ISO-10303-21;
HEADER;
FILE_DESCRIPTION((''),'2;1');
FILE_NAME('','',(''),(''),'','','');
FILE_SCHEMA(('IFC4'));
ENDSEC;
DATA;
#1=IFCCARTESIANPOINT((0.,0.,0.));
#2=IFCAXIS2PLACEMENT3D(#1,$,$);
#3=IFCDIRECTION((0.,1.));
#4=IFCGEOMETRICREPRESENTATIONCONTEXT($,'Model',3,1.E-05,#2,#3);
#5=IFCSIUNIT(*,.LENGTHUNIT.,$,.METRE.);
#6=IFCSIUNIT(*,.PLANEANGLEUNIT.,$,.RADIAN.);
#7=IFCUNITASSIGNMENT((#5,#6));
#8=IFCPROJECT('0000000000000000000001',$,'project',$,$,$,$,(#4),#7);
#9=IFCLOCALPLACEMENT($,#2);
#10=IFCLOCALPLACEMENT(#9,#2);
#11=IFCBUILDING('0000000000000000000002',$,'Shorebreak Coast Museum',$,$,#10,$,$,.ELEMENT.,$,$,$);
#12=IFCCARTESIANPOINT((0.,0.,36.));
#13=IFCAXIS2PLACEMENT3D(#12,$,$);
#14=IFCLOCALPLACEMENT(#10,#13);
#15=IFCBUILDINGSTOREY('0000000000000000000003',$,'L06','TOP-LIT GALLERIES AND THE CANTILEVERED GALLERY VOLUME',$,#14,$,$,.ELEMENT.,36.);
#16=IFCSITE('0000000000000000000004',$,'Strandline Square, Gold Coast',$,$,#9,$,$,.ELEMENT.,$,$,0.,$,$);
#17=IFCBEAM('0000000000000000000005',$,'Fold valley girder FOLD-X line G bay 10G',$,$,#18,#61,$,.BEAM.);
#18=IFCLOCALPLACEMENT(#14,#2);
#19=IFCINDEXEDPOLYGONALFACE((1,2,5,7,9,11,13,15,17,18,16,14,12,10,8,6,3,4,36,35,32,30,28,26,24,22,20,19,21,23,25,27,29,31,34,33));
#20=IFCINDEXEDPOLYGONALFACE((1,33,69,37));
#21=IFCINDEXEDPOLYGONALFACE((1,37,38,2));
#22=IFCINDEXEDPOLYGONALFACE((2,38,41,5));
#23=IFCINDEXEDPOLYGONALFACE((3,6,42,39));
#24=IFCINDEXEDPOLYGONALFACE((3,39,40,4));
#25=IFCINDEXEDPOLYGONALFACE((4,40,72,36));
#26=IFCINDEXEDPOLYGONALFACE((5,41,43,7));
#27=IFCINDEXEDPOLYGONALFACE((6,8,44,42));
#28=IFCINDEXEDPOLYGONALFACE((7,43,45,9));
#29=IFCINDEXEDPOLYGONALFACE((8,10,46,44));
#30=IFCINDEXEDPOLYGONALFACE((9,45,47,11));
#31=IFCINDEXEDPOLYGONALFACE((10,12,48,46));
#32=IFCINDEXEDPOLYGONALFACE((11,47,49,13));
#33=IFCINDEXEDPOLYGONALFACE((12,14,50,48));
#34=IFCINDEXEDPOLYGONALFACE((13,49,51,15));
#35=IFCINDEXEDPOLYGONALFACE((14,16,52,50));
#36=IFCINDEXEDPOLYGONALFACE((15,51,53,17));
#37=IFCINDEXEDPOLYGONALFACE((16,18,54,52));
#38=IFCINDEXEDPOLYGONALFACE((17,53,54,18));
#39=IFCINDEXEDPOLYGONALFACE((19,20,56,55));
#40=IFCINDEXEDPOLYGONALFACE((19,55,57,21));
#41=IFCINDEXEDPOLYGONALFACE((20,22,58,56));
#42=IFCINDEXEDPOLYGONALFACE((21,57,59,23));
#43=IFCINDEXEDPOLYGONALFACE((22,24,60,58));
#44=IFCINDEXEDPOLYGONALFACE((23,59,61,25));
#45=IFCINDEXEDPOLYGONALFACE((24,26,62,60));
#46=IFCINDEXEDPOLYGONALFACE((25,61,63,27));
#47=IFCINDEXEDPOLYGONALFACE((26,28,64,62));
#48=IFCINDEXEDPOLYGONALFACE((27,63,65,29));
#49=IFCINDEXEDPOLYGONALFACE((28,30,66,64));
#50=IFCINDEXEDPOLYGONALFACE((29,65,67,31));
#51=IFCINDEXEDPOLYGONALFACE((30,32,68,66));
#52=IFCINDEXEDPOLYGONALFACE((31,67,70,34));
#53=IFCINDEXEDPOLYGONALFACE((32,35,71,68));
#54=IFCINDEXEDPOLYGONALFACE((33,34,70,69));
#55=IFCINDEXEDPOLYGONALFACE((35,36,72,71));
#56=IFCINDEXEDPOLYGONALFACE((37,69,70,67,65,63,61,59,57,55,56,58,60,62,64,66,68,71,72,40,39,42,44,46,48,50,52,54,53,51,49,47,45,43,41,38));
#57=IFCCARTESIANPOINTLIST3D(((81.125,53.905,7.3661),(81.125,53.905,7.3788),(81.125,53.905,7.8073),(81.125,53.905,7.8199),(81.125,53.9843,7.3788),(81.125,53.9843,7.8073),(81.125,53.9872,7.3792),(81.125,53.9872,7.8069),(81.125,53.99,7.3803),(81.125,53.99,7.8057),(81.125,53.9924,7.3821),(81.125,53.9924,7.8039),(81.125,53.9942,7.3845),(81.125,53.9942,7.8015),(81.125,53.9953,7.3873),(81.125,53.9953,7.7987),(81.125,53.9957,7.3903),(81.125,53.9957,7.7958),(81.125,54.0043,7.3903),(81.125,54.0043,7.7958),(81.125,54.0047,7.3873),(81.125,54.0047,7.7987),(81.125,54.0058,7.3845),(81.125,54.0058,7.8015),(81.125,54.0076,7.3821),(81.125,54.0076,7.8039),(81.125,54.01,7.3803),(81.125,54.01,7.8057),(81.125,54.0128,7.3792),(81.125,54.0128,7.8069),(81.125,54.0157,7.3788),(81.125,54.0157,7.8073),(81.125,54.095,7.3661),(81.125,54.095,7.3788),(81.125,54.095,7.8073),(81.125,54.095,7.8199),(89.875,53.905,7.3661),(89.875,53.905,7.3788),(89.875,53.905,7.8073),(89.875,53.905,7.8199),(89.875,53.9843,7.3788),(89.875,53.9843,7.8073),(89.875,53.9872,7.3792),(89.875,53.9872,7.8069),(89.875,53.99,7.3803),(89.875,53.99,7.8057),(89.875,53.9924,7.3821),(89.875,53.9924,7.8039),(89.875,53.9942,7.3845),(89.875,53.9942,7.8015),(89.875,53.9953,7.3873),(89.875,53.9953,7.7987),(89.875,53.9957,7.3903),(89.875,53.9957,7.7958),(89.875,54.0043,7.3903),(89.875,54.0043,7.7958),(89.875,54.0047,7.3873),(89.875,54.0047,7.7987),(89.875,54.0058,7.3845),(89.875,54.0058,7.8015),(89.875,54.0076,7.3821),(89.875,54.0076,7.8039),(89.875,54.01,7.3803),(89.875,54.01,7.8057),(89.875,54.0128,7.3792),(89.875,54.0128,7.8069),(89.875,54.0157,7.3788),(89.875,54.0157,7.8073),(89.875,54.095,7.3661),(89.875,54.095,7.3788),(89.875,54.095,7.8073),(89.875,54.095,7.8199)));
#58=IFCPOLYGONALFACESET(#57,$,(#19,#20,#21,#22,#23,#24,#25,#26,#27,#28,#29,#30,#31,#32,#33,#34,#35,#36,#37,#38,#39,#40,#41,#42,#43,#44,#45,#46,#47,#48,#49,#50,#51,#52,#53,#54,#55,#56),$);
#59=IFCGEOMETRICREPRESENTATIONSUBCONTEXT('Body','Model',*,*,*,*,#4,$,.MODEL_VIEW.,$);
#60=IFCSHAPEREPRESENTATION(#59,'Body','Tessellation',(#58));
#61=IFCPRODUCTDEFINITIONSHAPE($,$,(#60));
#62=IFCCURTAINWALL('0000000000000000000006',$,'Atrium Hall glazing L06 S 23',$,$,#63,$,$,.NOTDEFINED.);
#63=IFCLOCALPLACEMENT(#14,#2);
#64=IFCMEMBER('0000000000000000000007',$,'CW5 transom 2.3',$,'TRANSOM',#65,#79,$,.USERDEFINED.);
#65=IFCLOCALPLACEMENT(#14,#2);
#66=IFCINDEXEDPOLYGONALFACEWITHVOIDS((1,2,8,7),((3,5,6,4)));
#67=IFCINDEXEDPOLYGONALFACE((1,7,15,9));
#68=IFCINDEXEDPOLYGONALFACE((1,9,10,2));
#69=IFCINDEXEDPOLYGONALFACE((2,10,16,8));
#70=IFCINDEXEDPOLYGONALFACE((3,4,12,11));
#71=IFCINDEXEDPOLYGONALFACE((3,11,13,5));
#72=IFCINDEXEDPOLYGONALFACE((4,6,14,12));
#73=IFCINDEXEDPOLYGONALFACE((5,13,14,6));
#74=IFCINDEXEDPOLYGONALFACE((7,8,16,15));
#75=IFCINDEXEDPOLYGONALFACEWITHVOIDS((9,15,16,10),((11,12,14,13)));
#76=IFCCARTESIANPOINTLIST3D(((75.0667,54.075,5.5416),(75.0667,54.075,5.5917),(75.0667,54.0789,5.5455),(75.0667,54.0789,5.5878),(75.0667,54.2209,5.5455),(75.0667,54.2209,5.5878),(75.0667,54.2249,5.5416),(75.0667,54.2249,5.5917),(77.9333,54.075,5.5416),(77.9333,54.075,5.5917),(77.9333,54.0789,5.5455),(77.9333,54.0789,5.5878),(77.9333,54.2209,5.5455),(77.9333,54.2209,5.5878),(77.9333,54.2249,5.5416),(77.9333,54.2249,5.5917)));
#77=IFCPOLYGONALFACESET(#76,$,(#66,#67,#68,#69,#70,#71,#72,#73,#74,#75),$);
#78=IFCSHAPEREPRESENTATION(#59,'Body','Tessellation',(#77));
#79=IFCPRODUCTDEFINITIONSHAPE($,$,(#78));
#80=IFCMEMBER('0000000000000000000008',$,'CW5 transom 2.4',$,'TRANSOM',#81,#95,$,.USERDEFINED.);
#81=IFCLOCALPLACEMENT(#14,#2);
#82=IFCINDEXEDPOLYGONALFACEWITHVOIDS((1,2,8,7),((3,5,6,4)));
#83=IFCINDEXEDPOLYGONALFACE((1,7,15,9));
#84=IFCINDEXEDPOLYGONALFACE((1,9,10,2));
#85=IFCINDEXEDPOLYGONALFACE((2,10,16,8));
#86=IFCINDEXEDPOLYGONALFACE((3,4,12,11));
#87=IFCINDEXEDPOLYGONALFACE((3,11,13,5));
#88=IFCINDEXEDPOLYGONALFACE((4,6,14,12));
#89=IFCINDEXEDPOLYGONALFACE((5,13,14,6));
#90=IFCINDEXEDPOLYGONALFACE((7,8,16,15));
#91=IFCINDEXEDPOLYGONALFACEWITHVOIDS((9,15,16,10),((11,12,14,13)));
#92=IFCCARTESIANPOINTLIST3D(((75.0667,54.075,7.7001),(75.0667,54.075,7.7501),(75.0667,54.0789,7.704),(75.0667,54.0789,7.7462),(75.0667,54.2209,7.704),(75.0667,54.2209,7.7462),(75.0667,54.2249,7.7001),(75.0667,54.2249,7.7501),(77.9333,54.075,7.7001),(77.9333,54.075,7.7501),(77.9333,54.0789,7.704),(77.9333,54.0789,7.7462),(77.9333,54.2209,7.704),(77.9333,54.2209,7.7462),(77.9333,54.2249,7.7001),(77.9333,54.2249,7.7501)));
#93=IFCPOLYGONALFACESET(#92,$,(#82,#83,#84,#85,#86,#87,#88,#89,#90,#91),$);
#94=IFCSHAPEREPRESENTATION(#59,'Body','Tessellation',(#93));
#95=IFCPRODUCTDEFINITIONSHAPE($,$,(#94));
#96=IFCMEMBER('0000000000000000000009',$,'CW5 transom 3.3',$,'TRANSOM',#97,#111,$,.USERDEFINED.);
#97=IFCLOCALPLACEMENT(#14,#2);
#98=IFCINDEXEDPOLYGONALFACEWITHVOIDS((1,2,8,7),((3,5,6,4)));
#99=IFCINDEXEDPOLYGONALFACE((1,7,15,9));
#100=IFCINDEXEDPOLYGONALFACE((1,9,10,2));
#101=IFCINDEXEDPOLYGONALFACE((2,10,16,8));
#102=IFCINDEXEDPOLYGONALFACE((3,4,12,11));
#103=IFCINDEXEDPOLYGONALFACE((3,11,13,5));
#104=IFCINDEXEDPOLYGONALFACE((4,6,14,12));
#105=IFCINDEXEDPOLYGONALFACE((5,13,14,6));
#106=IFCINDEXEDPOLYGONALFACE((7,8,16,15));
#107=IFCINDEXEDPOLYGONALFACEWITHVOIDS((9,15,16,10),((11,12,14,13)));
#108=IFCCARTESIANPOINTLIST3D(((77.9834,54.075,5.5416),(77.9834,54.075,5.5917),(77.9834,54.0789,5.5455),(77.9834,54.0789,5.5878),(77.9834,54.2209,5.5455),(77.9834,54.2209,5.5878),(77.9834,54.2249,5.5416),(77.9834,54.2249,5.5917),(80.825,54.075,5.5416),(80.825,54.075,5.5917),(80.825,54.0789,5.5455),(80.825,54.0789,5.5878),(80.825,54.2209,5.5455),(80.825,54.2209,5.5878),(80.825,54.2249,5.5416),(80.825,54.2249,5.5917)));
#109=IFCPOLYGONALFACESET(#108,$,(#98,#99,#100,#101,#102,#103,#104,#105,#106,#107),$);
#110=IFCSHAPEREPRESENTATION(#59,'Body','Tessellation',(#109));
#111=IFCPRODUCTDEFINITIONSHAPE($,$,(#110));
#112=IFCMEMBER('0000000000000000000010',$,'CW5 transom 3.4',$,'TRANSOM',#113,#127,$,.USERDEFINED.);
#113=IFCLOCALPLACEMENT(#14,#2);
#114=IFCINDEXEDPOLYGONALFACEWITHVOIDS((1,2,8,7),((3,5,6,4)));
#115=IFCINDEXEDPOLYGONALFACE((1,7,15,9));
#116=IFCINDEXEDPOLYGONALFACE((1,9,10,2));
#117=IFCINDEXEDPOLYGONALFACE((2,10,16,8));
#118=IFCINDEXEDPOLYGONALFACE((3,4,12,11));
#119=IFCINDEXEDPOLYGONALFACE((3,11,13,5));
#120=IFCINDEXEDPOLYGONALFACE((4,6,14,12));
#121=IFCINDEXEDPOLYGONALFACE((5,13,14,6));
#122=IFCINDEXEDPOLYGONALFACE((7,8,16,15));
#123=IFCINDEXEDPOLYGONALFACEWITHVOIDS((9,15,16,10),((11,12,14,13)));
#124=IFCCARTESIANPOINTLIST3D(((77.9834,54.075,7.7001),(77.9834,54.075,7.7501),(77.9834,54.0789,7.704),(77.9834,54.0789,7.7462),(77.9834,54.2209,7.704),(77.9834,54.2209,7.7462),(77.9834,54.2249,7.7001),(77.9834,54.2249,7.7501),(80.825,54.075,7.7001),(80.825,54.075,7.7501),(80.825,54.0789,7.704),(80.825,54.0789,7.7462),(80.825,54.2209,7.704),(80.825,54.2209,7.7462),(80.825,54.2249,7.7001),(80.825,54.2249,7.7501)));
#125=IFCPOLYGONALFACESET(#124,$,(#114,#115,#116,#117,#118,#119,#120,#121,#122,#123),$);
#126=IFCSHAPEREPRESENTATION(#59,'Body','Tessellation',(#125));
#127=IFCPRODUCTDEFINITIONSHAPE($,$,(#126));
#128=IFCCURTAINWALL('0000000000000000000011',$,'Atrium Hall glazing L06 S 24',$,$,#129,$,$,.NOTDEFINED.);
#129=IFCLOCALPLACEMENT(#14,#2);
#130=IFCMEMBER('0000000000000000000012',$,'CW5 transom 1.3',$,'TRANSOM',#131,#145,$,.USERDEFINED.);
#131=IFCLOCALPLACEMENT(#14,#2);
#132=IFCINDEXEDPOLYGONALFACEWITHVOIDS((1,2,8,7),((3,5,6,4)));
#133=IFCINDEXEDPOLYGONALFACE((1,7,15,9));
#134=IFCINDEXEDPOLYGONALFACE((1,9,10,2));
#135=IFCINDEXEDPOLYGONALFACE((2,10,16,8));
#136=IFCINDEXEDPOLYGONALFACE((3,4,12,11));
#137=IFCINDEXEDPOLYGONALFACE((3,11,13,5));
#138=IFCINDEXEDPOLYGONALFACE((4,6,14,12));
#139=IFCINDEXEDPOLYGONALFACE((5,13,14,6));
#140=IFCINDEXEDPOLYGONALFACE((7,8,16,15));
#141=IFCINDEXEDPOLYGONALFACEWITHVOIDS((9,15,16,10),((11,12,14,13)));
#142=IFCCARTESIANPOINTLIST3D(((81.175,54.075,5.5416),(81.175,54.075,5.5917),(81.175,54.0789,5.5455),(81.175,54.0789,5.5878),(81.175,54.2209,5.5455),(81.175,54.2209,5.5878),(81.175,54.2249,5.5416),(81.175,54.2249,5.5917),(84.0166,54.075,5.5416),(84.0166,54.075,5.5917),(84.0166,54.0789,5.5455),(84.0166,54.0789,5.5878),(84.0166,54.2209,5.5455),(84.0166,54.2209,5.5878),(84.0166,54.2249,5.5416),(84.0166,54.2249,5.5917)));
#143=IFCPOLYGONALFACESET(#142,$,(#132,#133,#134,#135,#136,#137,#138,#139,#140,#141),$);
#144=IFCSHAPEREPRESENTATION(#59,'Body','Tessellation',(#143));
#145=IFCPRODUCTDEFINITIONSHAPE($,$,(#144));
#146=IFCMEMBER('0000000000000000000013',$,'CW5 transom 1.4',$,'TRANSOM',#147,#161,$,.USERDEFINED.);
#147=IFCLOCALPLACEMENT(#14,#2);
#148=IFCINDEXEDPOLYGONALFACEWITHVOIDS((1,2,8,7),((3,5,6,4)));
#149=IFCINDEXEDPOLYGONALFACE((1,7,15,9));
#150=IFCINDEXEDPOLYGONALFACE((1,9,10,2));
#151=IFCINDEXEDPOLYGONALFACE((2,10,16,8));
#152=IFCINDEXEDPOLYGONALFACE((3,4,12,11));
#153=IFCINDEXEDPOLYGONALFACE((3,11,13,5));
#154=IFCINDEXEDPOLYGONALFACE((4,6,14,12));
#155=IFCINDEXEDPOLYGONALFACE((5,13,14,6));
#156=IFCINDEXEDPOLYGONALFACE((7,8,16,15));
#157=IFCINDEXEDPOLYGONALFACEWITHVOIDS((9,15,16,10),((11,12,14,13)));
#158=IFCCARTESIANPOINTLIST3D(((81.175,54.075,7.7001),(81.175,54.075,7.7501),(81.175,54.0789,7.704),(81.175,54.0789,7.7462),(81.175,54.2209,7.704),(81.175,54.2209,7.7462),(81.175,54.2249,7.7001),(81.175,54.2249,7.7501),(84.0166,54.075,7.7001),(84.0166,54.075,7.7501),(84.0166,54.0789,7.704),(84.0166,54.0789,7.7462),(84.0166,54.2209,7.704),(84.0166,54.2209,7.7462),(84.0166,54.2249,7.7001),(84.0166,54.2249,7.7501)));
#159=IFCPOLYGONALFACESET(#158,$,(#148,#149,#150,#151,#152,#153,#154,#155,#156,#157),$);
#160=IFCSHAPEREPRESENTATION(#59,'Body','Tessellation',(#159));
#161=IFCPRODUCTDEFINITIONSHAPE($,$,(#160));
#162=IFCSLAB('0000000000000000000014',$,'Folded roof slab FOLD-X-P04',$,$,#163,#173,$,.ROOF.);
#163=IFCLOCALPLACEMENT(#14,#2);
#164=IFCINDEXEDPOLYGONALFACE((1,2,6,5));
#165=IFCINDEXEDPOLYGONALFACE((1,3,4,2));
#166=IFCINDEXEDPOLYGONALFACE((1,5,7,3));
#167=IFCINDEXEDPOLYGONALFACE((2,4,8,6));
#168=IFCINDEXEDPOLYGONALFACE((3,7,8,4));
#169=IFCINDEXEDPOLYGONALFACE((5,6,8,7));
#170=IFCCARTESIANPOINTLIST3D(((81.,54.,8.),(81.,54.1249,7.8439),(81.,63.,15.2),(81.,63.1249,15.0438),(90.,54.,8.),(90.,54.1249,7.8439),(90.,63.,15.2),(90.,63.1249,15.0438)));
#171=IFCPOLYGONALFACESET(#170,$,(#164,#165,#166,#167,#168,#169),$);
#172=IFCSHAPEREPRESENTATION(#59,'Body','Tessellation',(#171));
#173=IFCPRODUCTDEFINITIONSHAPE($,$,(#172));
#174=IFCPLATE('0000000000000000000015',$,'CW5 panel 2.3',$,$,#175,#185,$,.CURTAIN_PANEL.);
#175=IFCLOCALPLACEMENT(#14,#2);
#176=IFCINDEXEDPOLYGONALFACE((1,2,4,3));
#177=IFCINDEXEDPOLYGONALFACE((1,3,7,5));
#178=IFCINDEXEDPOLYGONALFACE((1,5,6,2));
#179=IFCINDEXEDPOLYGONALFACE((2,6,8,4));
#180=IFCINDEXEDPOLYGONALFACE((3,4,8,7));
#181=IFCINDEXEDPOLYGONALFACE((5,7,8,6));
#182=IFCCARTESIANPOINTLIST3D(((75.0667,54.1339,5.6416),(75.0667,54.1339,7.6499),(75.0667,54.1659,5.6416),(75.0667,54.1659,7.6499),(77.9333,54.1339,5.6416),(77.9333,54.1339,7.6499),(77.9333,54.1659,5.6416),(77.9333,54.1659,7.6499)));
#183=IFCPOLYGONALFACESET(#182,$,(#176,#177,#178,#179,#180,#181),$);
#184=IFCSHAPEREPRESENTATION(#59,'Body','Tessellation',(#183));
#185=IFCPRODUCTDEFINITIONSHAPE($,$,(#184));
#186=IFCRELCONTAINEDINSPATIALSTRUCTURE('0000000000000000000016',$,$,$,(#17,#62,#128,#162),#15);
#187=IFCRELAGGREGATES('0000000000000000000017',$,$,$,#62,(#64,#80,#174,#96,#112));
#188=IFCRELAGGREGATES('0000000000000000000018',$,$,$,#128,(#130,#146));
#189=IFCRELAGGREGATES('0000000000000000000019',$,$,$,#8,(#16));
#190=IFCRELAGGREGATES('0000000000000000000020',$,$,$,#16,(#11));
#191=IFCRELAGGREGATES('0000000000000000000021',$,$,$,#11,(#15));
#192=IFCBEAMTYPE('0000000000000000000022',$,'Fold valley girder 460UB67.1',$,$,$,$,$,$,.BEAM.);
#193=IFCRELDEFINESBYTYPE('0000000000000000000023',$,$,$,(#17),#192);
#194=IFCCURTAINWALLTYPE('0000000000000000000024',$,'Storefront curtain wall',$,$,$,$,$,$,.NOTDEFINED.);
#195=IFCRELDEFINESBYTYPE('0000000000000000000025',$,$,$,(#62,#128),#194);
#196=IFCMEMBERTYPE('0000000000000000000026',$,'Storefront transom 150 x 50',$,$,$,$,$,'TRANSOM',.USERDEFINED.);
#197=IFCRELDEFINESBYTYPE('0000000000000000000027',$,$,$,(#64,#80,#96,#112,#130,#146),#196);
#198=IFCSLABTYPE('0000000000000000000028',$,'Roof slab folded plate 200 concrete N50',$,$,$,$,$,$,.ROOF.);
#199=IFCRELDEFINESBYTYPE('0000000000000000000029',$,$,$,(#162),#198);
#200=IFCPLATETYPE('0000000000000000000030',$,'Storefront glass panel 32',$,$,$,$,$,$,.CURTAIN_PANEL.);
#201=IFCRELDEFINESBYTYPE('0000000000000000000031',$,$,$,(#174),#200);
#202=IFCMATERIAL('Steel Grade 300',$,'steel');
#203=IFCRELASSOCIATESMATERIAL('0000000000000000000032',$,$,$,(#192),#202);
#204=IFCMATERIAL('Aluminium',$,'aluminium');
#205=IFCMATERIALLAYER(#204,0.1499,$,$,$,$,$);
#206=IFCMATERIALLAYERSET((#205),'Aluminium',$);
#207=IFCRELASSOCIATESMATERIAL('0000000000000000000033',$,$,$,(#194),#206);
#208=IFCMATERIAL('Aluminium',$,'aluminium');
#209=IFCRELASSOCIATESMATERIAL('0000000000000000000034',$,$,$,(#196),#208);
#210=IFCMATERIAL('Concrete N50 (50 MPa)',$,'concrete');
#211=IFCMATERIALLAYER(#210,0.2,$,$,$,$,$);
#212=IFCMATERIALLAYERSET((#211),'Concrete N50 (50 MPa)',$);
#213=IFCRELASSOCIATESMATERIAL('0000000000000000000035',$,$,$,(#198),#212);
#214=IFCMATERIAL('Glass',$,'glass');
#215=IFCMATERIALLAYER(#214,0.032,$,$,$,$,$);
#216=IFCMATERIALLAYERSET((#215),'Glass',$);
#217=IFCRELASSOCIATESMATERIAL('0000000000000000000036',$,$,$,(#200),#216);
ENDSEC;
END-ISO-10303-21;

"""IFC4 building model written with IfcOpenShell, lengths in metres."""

from ifc_helpers import new_model, si_unit, direction, frame, origin, origin_2d, place, context, subcontext, project, spatial, polyline, rectangle, hollow_rectangle, i_section, outline, extrude, material, layer, layer_set, material_profile, profile_set, type_object, element, aggregate, save


model = new_model("IFC4")

# Units and contexts
model_context = context("Model", 3, precision=1e-05, world=origin(), true_north=direction((0.0, 1.0)))
body_context = subcontext(model_context, "Body", "Model", "MODEL_VIEW")
ifc_project = project(units=[si_unit("LENGTHUNIT", "METRE"), si_unit("PLANEANGLEUNIT", "RADIAN")], contexts=[model_context])

# Site, building, storey
site_placement = place(None, origin())
site = spatial("IfcSite", under=ifc_project, at=site_placement, Name="Strandline Square, Gold Coast", CompositionType="ELEMENT", RefElevation=0.0)
building_placement = place(site_placement, origin())
building = spatial("IfcBuilding", under=site, at=building_placement, Name="Shorebreak Coast Museum", CompositionType="ELEMENT")
storey_placement = place(building_placement, frame((0.0, 0.0, 36.0)))
storey = spatial("IfcBuildingStorey", under=building, at=storey_placement, Name="L06", Description="TOP-LIT GALLERIES AND THE CANTILEVERED GALLERY VOLUME", CompositionType="ELEMENT", Elevation=36.0)

# Beam
ifc_material_1 = material(Name="Steel Grade 300", Category="steel")
ifc_material_profile_1 = material_profile(ifc_material_1, i_section(OverallWidth=0.1899, OverallDepth=0.4539, WebThickness=0.0085, FlangeThickness=0.0127, FilletRadius=0.0115, at=origin_2d()), Name="460UB67.1")
ifc_profile_set_1 = profile_set([ifc_material_profile_1], Name="Steel Grade 300")
beam_type_1 = type_object("IfcBeamType", Name="Fold valley girder 460UB67.1", PredefinedType="BEAM", material=ifc_profile_set_1)
beam_1_placement = place(storey_placement, frame((81.125, 54.0, 7.593), z_axis=(1.0, 0.0, 0.0), x_axis=(0.0, 1.0, 0.0)))
element("IfcBeam", 1, at=beam_1_placement, inside=storey, type_object=beam_type_1, Name="Fold valley girder FOLD-X line G bay 10G", PredefinedType="BEAM", context=body_context, shape_type="SweptSolid", body=[
    extrude(i_section(OverallWidth=0.1899, OverallDepth=0.4539, WebThickness=0.0085, FlangeThickness=0.0127, FilletRadius=0.0115, at=origin_2d()), origin(), (0.0, 0.0, 1.0), 8.75),
])

# Curtain walls, members
ifc_material_2 = material(Name="Aluminium", Category="aluminium")
ifc_layer_1 = layer(ifc_material_2, 0.1499)
ifc_layer_set_1 = layer_set([ifc_layer_1], Name="Aluminium")
curtain_wall_type = type_object("IfcCurtainWallType", Name="Storefront curtain wall", PredefinedType="NOTDEFINED", material=ifc_layer_set_1)
curtain_wall_1_placement = place(storey_placement, origin())
curtain_wall_1 = element("IfcCurtainWall", 2, at=curtain_wall_1_placement, inside=storey, type_object=curtain_wall_type, Name="Atrium Hall glazing L06 S 23", PredefinedType="NOTDEFINED")
ifc_material_3 = material(Name="Aluminium", Category="aluminium")
ifc_material_profile_2 = material_profile(ifc_material_3, hollow_rectangle(XDim=0.1499, YDim=0.05, WallThickness=0.0039, at=origin_2d()), Name="AL 50x150 RHS")
ifc_profile_set_2 = profile_set([ifc_material_profile_2], Name="Aluminium")
member_type_1 = type_object("IfcMemberType", Name="Storefront transom 150 x 50", ElementType="TRANSOM", PredefinedType="USERDEFINED", material=ifc_profile_set_2)
member_1_placement = place(storey_placement, frame((75.0667, 54.1499, 5.5667), z_axis=(1.0, 0.0, 0.0), x_axis=(0.0, 1.0, 0.0)))
member_1 = element("IfcMember", 3, at=member_1_placement, type_object=member_type_1, Name="CW5 transom 2.3", ObjectType="TRANSOM", PredefinedType="USERDEFINED", context=body_context, shape_type="SweptSolid", body=[
    extrude(hollow_rectangle(XDim=0.1499, YDim=0.05, WallThickness=0.0039, at=origin_2d()), origin(), (0.0, 0.0, 1.0), 2.8667),
])
member_2_placement = place(storey_placement, frame((75.0667, 54.1499, 7.7251), z_axis=(1.0, 0.0, 0.0), x_axis=(0.0, 1.0, 0.0)))
member_2 = element("IfcMember", 4, at=member_2_placement, type_object=member_type_1, Name="CW5 transom 2.4", ObjectType="TRANSOM", PredefinedType="USERDEFINED", context=body_context, shape_type="SweptSolid", body=[
    extrude(hollow_rectangle(XDim=0.1499, YDim=0.05, WallThickness=0.0039, at=origin_2d()), origin(), (0.0, 0.0, 1.0), 2.8667),
])
member_3_placement = place(storey_placement, frame((77.9834, 54.1499, 5.5667), z_axis=(1.0, 0.0, 0.0), x_axis=(0.0, 1.0, 0.0)))
member_3 = element("IfcMember", 5, at=member_3_placement, type_object=member_type_1, Name="CW5 transom 3.3", ObjectType="TRANSOM", PredefinedType="USERDEFINED", context=body_context, shape_type="SweptSolid", body=[
    extrude(hollow_rectangle(XDim=0.1499, YDim=0.05, WallThickness=0.0039, at=origin_2d()), origin(), (0.0, 0.0, 1.0), 2.8416),
])
member_4_placement = place(storey_placement, frame((77.9834, 54.1499, 7.7251), z_axis=(1.0, 0.0, 0.0), x_axis=(0.0, 1.0, 0.0)))
member_4 = element("IfcMember", 6, at=member_4_placement, type_object=member_type_1, Name="CW5 transom 3.4", ObjectType="TRANSOM", PredefinedType="USERDEFINED", context=body_context, shape_type="SweptSolid", body=[
    extrude(hollow_rectangle(XDim=0.1499, YDim=0.05, WallThickness=0.0039, at=origin_2d()), origin(), (0.0, 0.0, 1.0), 2.8416),
])
curtain_wall_2_placement = place(storey_placement, origin())
curtain_wall_2 = element("IfcCurtainWall", 7, at=curtain_wall_2_placement, inside=storey, type_object=curtain_wall_type, Name="Atrium Hall glazing L06 S 24", PredefinedType="NOTDEFINED")
member_5_placement = place(storey_placement, frame((81.175, 54.1499, 5.5667), z_axis=(1.0, 0.0, 0.0), x_axis=(0.0, 1.0, 0.0)))
member_5 = element("IfcMember", 8, at=member_5_placement, type_object=member_type_1, Name="CW5 transom 1.3", ObjectType="TRANSOM", PredefinedType="USERDEFINED", context=body_context, shape_type="SweptSolid", body=[
    extrude(hollow_rectangle(XDim=0.1499, YDim=0.05, WallThickness=0.0039, at=origin_2d()), origin(), (0.0, 0.0, 1.0), 2.8416),
])
member_6_placement = place(storey_placement, frame((81.175, 54.1499, 7.7251), z_axis=(1.0, 0.0, 0.0), x_axis=(0.0, 1.0, 0.0)))
member_6 = element("IfcMember", 9, at=member_6_placement, type_object=member_type_1, Name="CW5 transom 1.4", ObjectType="TRANSOM", PredefinedType="USERDEFINED", context=body_context, shape_type="SweptSolid", body=[
    extrude(hollow_rectangle(XDim=0.1499, YDim=0.05, WallThickness=0.0039, at=origin_2d()), origin(), (0.0, 0.0, 1.0), 2.8416),
])

# Slab
ifc_material_4 = material(Name="Concrete N50 (50 MPa)", Category="concrete")
ifc_layer_2 = layer(ifc_material_4, 0.2)
ifc_layer_set_2 = layer_set([ifc_layer_2], Name="Concrete N50 (50 MPa)")
slab_type = type_object("IfcSlabType", Name="Roof slab folded plate 200 concrete N50", PredefinedType="ROOF", material=ifc_layer_set_2)
slab_placement = place(storey_placement, frame((81.0, 54.0, 8.0), z_axis=(0.0, -0.624692, 0.780871), x_axis=(1.0, 0.0, 0.0)))
element("IfcSlab", 10, at=slab_placement, inside=storey, type_object=slab_type, Name="Folded roof slab FOLD-X-P04", PredefinedType="ROOF", context=body_context, shape_type="SweptSolid", body=[
    extrude(outline(polyline([(0.0, 0.0), (9.0, 0.0), (9.0, 11.5256), (0.0, 11.5256), (0.0, 0.0)])), origin(), (0.0, 0.0, -1.0), 0.2),
])

# Plate
ifc_material_5 = material(Name="Glass", Category="glass")
ifc_layer_3 = layer(ifc_material_5, 0.032)
ifc_layer_set_3 = layer_set([ifc_layer_3], Name="Glass")
plate_type = type_object("IfcPlateType", Name="Storefront glass panel 32", PredefinedType="CURTAIN_PANEL", material=ifc_layer_set_3)
plate_1_placement = place(storey_placement, frame((76.5, 54.1499, 5.6416), z_axis=(0.0, 0.0, 1.0), x_axis=(1.0, 0.0, 0.0)))
plate_1 = element("IfcPlate", 11, at=plate_1_placement, type_object=plate_type, Name="CW5 panel 2.3", PredefinedType="CURTAIN_PANEL", context=body_context, shape_type="SweptSolid", body=[
    extrude(rectangle(XDim=2.8667, YDim=0.032, at=origin_2d()), origin(), (0.0, 0.0, 1.0), 2.0083),
])
aggregate(curtain_wall_1, [member_1, member_2, plate_1, member_3, member_4])
aggregate(curtain_wall_2, [member_5, member_6])

save(model, "model.ifc")
